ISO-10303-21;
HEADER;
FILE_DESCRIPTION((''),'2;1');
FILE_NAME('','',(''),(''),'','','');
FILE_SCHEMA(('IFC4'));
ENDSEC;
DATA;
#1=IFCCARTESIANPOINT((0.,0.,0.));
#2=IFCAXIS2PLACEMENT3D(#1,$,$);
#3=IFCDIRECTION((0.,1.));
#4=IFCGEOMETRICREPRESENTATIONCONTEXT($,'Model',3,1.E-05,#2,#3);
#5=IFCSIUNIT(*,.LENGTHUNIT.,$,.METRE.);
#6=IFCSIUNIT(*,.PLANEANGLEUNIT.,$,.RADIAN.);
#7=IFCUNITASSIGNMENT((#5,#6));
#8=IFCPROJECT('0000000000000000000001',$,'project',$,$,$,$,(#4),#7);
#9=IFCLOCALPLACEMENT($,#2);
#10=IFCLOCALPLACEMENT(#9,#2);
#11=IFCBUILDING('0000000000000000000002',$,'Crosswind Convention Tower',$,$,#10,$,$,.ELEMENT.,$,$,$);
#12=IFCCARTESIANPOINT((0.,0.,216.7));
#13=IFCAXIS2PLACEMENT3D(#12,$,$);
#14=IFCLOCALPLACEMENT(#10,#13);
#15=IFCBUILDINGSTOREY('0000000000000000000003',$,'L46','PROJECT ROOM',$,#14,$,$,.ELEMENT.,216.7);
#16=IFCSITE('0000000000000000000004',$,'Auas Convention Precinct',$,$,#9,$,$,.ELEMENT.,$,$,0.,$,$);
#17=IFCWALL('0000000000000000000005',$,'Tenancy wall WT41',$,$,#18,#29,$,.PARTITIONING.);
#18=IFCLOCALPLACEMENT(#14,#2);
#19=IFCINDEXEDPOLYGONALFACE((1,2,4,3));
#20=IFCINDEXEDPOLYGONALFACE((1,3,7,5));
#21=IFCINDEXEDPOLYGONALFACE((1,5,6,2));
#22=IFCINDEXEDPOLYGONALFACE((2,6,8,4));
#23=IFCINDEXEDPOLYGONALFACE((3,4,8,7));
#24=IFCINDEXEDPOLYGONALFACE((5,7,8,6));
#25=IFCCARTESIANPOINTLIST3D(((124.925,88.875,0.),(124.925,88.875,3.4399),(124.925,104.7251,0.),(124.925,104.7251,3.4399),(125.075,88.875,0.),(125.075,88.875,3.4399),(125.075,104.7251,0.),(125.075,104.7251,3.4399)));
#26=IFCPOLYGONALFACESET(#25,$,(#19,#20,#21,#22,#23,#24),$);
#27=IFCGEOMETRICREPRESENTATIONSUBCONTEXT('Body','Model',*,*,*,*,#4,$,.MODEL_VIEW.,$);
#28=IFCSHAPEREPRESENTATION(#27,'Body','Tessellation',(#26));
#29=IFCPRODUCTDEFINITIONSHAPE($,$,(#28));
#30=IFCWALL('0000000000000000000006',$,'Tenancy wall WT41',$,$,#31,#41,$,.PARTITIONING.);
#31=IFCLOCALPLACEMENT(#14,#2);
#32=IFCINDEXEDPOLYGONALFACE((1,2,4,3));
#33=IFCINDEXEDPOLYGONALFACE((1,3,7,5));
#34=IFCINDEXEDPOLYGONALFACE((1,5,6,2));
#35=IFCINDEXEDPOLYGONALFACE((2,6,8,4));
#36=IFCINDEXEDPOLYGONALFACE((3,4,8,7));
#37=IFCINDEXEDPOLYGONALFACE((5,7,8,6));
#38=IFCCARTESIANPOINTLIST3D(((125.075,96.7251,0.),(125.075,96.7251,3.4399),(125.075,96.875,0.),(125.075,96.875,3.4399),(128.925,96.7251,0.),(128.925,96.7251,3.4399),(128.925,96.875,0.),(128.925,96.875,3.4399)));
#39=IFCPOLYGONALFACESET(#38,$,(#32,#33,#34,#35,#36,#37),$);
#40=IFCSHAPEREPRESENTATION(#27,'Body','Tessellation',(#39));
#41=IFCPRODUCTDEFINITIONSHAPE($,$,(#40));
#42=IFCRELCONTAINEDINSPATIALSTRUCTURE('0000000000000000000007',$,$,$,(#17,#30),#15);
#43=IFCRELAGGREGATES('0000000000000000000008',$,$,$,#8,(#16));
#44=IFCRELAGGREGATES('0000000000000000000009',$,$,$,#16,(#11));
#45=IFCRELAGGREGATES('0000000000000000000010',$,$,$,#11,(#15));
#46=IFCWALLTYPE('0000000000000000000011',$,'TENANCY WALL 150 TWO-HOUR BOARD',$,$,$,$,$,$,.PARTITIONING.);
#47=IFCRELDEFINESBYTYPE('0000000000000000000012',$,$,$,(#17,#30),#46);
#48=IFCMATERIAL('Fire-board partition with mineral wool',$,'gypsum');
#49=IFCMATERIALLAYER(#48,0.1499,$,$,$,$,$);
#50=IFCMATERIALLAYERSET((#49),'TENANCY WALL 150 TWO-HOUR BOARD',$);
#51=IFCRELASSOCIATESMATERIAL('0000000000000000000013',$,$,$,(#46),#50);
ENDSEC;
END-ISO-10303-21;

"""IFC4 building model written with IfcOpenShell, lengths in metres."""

from ifc_helpers import new_model, si_unit, direction, frame, frame_2d, origin, place, context, subcontext, project, spatial, rectangle, extrude, material, layer, layer_set, type_object, element, save


model = new_model("IFC4")

# Units and contexts
model_context = context("Model", 3, precision=1e-05, world=origin(), true_north=direction((0.0, 1.0)))
body_context = subcontext(model_context, "Body", "Model", "MODEL_VIEW")
ifc_project = project(units=[si_unit("LENGTHUNIT", "METRE"), si_unit("PLANEANGLEUNIT", "RADIAN")], contexts=[model_context])

# Site, building, storey
site_placement = place(None, origin())
site = spatial("IfcSite", under=ifc_project, at=site_placement, Name="Auas Convention Precinct", CompositionType="ELEMENT", RefElevation=0.0)
building_placement = place(site_placement, origin())
building = spatial("IfcBuilding", under=site, at=building_placement, Name="Crosswind Convention Tower", CompositionType="ELEMENT")
storey_placement = place(building_placement, frame((0.0, 0.0, 216.7)))
storey = spatial("IfcBuildingStorey", under=building, at=storey_placement, Name="L46", Description="PROJECT ROOM", CompositionType="ELEMENT", Elevation=216.7)

# Walls
ifc_material_1 = material(Name="Fire-board partition with mineral wool", Category="gypsum")
ifc_layer_1 = layer(ifc_material_1, 0.1499)
ifc_layer_set_1 = layer_set([ifc_layer_1], Name="TENANCY WALL 150 TWO-HOUR BOARD")
wall_type_1 = type_object("IfcWallType", Name="TENANCY WALL 150 TWO-HOUR BOARD", PredefinedType="PARTITIONING", material=ifc_layer_set_1)
wall_1_placement = place(storey_placement, frame((125.0, 88.875, 0.0), z_axis=(0.0, 0.0, 1.0), x_axis=(0.0, 1.0, 0.0)))
element("IfcWall", 1, at=wall_1_placement, inside=storey, type_object=wall_type_1, Name="Tenancy wall WT41", PredefinedType="PARTITIONING", context=body_context, shape_type="SweptSolid", body=[
    extrude(rectangle(XDim=15.8501, YDim=0.1499, at=frame_2d((7.925, 0.0))), origin(), (0.0, 0.0, 1.0), 3.4399),
])
wall_2_placement = place(storey_placement, frame((125.075, 96.8, 0.0), z_axis=(0.0, 0.0, 1.0), x_axis=(1.0, 0.0, 0.0)))
element("IfcWall", 2, at=wall_2_placement, inside=storey, type_object=wall_type_1, Name="Tenancy wall WT41", PredefinedType="PARTITIONING", context=body_context, shape_type="SweptSolid", body=[
    extrude(rectangle(XDim=3.8501, YDim=0.1499, at=frame_2d((1.925, 0.0))), origin(), (0.0, 0.0, 1.0), 3.4399),
])

save(model, "model.ifc")
